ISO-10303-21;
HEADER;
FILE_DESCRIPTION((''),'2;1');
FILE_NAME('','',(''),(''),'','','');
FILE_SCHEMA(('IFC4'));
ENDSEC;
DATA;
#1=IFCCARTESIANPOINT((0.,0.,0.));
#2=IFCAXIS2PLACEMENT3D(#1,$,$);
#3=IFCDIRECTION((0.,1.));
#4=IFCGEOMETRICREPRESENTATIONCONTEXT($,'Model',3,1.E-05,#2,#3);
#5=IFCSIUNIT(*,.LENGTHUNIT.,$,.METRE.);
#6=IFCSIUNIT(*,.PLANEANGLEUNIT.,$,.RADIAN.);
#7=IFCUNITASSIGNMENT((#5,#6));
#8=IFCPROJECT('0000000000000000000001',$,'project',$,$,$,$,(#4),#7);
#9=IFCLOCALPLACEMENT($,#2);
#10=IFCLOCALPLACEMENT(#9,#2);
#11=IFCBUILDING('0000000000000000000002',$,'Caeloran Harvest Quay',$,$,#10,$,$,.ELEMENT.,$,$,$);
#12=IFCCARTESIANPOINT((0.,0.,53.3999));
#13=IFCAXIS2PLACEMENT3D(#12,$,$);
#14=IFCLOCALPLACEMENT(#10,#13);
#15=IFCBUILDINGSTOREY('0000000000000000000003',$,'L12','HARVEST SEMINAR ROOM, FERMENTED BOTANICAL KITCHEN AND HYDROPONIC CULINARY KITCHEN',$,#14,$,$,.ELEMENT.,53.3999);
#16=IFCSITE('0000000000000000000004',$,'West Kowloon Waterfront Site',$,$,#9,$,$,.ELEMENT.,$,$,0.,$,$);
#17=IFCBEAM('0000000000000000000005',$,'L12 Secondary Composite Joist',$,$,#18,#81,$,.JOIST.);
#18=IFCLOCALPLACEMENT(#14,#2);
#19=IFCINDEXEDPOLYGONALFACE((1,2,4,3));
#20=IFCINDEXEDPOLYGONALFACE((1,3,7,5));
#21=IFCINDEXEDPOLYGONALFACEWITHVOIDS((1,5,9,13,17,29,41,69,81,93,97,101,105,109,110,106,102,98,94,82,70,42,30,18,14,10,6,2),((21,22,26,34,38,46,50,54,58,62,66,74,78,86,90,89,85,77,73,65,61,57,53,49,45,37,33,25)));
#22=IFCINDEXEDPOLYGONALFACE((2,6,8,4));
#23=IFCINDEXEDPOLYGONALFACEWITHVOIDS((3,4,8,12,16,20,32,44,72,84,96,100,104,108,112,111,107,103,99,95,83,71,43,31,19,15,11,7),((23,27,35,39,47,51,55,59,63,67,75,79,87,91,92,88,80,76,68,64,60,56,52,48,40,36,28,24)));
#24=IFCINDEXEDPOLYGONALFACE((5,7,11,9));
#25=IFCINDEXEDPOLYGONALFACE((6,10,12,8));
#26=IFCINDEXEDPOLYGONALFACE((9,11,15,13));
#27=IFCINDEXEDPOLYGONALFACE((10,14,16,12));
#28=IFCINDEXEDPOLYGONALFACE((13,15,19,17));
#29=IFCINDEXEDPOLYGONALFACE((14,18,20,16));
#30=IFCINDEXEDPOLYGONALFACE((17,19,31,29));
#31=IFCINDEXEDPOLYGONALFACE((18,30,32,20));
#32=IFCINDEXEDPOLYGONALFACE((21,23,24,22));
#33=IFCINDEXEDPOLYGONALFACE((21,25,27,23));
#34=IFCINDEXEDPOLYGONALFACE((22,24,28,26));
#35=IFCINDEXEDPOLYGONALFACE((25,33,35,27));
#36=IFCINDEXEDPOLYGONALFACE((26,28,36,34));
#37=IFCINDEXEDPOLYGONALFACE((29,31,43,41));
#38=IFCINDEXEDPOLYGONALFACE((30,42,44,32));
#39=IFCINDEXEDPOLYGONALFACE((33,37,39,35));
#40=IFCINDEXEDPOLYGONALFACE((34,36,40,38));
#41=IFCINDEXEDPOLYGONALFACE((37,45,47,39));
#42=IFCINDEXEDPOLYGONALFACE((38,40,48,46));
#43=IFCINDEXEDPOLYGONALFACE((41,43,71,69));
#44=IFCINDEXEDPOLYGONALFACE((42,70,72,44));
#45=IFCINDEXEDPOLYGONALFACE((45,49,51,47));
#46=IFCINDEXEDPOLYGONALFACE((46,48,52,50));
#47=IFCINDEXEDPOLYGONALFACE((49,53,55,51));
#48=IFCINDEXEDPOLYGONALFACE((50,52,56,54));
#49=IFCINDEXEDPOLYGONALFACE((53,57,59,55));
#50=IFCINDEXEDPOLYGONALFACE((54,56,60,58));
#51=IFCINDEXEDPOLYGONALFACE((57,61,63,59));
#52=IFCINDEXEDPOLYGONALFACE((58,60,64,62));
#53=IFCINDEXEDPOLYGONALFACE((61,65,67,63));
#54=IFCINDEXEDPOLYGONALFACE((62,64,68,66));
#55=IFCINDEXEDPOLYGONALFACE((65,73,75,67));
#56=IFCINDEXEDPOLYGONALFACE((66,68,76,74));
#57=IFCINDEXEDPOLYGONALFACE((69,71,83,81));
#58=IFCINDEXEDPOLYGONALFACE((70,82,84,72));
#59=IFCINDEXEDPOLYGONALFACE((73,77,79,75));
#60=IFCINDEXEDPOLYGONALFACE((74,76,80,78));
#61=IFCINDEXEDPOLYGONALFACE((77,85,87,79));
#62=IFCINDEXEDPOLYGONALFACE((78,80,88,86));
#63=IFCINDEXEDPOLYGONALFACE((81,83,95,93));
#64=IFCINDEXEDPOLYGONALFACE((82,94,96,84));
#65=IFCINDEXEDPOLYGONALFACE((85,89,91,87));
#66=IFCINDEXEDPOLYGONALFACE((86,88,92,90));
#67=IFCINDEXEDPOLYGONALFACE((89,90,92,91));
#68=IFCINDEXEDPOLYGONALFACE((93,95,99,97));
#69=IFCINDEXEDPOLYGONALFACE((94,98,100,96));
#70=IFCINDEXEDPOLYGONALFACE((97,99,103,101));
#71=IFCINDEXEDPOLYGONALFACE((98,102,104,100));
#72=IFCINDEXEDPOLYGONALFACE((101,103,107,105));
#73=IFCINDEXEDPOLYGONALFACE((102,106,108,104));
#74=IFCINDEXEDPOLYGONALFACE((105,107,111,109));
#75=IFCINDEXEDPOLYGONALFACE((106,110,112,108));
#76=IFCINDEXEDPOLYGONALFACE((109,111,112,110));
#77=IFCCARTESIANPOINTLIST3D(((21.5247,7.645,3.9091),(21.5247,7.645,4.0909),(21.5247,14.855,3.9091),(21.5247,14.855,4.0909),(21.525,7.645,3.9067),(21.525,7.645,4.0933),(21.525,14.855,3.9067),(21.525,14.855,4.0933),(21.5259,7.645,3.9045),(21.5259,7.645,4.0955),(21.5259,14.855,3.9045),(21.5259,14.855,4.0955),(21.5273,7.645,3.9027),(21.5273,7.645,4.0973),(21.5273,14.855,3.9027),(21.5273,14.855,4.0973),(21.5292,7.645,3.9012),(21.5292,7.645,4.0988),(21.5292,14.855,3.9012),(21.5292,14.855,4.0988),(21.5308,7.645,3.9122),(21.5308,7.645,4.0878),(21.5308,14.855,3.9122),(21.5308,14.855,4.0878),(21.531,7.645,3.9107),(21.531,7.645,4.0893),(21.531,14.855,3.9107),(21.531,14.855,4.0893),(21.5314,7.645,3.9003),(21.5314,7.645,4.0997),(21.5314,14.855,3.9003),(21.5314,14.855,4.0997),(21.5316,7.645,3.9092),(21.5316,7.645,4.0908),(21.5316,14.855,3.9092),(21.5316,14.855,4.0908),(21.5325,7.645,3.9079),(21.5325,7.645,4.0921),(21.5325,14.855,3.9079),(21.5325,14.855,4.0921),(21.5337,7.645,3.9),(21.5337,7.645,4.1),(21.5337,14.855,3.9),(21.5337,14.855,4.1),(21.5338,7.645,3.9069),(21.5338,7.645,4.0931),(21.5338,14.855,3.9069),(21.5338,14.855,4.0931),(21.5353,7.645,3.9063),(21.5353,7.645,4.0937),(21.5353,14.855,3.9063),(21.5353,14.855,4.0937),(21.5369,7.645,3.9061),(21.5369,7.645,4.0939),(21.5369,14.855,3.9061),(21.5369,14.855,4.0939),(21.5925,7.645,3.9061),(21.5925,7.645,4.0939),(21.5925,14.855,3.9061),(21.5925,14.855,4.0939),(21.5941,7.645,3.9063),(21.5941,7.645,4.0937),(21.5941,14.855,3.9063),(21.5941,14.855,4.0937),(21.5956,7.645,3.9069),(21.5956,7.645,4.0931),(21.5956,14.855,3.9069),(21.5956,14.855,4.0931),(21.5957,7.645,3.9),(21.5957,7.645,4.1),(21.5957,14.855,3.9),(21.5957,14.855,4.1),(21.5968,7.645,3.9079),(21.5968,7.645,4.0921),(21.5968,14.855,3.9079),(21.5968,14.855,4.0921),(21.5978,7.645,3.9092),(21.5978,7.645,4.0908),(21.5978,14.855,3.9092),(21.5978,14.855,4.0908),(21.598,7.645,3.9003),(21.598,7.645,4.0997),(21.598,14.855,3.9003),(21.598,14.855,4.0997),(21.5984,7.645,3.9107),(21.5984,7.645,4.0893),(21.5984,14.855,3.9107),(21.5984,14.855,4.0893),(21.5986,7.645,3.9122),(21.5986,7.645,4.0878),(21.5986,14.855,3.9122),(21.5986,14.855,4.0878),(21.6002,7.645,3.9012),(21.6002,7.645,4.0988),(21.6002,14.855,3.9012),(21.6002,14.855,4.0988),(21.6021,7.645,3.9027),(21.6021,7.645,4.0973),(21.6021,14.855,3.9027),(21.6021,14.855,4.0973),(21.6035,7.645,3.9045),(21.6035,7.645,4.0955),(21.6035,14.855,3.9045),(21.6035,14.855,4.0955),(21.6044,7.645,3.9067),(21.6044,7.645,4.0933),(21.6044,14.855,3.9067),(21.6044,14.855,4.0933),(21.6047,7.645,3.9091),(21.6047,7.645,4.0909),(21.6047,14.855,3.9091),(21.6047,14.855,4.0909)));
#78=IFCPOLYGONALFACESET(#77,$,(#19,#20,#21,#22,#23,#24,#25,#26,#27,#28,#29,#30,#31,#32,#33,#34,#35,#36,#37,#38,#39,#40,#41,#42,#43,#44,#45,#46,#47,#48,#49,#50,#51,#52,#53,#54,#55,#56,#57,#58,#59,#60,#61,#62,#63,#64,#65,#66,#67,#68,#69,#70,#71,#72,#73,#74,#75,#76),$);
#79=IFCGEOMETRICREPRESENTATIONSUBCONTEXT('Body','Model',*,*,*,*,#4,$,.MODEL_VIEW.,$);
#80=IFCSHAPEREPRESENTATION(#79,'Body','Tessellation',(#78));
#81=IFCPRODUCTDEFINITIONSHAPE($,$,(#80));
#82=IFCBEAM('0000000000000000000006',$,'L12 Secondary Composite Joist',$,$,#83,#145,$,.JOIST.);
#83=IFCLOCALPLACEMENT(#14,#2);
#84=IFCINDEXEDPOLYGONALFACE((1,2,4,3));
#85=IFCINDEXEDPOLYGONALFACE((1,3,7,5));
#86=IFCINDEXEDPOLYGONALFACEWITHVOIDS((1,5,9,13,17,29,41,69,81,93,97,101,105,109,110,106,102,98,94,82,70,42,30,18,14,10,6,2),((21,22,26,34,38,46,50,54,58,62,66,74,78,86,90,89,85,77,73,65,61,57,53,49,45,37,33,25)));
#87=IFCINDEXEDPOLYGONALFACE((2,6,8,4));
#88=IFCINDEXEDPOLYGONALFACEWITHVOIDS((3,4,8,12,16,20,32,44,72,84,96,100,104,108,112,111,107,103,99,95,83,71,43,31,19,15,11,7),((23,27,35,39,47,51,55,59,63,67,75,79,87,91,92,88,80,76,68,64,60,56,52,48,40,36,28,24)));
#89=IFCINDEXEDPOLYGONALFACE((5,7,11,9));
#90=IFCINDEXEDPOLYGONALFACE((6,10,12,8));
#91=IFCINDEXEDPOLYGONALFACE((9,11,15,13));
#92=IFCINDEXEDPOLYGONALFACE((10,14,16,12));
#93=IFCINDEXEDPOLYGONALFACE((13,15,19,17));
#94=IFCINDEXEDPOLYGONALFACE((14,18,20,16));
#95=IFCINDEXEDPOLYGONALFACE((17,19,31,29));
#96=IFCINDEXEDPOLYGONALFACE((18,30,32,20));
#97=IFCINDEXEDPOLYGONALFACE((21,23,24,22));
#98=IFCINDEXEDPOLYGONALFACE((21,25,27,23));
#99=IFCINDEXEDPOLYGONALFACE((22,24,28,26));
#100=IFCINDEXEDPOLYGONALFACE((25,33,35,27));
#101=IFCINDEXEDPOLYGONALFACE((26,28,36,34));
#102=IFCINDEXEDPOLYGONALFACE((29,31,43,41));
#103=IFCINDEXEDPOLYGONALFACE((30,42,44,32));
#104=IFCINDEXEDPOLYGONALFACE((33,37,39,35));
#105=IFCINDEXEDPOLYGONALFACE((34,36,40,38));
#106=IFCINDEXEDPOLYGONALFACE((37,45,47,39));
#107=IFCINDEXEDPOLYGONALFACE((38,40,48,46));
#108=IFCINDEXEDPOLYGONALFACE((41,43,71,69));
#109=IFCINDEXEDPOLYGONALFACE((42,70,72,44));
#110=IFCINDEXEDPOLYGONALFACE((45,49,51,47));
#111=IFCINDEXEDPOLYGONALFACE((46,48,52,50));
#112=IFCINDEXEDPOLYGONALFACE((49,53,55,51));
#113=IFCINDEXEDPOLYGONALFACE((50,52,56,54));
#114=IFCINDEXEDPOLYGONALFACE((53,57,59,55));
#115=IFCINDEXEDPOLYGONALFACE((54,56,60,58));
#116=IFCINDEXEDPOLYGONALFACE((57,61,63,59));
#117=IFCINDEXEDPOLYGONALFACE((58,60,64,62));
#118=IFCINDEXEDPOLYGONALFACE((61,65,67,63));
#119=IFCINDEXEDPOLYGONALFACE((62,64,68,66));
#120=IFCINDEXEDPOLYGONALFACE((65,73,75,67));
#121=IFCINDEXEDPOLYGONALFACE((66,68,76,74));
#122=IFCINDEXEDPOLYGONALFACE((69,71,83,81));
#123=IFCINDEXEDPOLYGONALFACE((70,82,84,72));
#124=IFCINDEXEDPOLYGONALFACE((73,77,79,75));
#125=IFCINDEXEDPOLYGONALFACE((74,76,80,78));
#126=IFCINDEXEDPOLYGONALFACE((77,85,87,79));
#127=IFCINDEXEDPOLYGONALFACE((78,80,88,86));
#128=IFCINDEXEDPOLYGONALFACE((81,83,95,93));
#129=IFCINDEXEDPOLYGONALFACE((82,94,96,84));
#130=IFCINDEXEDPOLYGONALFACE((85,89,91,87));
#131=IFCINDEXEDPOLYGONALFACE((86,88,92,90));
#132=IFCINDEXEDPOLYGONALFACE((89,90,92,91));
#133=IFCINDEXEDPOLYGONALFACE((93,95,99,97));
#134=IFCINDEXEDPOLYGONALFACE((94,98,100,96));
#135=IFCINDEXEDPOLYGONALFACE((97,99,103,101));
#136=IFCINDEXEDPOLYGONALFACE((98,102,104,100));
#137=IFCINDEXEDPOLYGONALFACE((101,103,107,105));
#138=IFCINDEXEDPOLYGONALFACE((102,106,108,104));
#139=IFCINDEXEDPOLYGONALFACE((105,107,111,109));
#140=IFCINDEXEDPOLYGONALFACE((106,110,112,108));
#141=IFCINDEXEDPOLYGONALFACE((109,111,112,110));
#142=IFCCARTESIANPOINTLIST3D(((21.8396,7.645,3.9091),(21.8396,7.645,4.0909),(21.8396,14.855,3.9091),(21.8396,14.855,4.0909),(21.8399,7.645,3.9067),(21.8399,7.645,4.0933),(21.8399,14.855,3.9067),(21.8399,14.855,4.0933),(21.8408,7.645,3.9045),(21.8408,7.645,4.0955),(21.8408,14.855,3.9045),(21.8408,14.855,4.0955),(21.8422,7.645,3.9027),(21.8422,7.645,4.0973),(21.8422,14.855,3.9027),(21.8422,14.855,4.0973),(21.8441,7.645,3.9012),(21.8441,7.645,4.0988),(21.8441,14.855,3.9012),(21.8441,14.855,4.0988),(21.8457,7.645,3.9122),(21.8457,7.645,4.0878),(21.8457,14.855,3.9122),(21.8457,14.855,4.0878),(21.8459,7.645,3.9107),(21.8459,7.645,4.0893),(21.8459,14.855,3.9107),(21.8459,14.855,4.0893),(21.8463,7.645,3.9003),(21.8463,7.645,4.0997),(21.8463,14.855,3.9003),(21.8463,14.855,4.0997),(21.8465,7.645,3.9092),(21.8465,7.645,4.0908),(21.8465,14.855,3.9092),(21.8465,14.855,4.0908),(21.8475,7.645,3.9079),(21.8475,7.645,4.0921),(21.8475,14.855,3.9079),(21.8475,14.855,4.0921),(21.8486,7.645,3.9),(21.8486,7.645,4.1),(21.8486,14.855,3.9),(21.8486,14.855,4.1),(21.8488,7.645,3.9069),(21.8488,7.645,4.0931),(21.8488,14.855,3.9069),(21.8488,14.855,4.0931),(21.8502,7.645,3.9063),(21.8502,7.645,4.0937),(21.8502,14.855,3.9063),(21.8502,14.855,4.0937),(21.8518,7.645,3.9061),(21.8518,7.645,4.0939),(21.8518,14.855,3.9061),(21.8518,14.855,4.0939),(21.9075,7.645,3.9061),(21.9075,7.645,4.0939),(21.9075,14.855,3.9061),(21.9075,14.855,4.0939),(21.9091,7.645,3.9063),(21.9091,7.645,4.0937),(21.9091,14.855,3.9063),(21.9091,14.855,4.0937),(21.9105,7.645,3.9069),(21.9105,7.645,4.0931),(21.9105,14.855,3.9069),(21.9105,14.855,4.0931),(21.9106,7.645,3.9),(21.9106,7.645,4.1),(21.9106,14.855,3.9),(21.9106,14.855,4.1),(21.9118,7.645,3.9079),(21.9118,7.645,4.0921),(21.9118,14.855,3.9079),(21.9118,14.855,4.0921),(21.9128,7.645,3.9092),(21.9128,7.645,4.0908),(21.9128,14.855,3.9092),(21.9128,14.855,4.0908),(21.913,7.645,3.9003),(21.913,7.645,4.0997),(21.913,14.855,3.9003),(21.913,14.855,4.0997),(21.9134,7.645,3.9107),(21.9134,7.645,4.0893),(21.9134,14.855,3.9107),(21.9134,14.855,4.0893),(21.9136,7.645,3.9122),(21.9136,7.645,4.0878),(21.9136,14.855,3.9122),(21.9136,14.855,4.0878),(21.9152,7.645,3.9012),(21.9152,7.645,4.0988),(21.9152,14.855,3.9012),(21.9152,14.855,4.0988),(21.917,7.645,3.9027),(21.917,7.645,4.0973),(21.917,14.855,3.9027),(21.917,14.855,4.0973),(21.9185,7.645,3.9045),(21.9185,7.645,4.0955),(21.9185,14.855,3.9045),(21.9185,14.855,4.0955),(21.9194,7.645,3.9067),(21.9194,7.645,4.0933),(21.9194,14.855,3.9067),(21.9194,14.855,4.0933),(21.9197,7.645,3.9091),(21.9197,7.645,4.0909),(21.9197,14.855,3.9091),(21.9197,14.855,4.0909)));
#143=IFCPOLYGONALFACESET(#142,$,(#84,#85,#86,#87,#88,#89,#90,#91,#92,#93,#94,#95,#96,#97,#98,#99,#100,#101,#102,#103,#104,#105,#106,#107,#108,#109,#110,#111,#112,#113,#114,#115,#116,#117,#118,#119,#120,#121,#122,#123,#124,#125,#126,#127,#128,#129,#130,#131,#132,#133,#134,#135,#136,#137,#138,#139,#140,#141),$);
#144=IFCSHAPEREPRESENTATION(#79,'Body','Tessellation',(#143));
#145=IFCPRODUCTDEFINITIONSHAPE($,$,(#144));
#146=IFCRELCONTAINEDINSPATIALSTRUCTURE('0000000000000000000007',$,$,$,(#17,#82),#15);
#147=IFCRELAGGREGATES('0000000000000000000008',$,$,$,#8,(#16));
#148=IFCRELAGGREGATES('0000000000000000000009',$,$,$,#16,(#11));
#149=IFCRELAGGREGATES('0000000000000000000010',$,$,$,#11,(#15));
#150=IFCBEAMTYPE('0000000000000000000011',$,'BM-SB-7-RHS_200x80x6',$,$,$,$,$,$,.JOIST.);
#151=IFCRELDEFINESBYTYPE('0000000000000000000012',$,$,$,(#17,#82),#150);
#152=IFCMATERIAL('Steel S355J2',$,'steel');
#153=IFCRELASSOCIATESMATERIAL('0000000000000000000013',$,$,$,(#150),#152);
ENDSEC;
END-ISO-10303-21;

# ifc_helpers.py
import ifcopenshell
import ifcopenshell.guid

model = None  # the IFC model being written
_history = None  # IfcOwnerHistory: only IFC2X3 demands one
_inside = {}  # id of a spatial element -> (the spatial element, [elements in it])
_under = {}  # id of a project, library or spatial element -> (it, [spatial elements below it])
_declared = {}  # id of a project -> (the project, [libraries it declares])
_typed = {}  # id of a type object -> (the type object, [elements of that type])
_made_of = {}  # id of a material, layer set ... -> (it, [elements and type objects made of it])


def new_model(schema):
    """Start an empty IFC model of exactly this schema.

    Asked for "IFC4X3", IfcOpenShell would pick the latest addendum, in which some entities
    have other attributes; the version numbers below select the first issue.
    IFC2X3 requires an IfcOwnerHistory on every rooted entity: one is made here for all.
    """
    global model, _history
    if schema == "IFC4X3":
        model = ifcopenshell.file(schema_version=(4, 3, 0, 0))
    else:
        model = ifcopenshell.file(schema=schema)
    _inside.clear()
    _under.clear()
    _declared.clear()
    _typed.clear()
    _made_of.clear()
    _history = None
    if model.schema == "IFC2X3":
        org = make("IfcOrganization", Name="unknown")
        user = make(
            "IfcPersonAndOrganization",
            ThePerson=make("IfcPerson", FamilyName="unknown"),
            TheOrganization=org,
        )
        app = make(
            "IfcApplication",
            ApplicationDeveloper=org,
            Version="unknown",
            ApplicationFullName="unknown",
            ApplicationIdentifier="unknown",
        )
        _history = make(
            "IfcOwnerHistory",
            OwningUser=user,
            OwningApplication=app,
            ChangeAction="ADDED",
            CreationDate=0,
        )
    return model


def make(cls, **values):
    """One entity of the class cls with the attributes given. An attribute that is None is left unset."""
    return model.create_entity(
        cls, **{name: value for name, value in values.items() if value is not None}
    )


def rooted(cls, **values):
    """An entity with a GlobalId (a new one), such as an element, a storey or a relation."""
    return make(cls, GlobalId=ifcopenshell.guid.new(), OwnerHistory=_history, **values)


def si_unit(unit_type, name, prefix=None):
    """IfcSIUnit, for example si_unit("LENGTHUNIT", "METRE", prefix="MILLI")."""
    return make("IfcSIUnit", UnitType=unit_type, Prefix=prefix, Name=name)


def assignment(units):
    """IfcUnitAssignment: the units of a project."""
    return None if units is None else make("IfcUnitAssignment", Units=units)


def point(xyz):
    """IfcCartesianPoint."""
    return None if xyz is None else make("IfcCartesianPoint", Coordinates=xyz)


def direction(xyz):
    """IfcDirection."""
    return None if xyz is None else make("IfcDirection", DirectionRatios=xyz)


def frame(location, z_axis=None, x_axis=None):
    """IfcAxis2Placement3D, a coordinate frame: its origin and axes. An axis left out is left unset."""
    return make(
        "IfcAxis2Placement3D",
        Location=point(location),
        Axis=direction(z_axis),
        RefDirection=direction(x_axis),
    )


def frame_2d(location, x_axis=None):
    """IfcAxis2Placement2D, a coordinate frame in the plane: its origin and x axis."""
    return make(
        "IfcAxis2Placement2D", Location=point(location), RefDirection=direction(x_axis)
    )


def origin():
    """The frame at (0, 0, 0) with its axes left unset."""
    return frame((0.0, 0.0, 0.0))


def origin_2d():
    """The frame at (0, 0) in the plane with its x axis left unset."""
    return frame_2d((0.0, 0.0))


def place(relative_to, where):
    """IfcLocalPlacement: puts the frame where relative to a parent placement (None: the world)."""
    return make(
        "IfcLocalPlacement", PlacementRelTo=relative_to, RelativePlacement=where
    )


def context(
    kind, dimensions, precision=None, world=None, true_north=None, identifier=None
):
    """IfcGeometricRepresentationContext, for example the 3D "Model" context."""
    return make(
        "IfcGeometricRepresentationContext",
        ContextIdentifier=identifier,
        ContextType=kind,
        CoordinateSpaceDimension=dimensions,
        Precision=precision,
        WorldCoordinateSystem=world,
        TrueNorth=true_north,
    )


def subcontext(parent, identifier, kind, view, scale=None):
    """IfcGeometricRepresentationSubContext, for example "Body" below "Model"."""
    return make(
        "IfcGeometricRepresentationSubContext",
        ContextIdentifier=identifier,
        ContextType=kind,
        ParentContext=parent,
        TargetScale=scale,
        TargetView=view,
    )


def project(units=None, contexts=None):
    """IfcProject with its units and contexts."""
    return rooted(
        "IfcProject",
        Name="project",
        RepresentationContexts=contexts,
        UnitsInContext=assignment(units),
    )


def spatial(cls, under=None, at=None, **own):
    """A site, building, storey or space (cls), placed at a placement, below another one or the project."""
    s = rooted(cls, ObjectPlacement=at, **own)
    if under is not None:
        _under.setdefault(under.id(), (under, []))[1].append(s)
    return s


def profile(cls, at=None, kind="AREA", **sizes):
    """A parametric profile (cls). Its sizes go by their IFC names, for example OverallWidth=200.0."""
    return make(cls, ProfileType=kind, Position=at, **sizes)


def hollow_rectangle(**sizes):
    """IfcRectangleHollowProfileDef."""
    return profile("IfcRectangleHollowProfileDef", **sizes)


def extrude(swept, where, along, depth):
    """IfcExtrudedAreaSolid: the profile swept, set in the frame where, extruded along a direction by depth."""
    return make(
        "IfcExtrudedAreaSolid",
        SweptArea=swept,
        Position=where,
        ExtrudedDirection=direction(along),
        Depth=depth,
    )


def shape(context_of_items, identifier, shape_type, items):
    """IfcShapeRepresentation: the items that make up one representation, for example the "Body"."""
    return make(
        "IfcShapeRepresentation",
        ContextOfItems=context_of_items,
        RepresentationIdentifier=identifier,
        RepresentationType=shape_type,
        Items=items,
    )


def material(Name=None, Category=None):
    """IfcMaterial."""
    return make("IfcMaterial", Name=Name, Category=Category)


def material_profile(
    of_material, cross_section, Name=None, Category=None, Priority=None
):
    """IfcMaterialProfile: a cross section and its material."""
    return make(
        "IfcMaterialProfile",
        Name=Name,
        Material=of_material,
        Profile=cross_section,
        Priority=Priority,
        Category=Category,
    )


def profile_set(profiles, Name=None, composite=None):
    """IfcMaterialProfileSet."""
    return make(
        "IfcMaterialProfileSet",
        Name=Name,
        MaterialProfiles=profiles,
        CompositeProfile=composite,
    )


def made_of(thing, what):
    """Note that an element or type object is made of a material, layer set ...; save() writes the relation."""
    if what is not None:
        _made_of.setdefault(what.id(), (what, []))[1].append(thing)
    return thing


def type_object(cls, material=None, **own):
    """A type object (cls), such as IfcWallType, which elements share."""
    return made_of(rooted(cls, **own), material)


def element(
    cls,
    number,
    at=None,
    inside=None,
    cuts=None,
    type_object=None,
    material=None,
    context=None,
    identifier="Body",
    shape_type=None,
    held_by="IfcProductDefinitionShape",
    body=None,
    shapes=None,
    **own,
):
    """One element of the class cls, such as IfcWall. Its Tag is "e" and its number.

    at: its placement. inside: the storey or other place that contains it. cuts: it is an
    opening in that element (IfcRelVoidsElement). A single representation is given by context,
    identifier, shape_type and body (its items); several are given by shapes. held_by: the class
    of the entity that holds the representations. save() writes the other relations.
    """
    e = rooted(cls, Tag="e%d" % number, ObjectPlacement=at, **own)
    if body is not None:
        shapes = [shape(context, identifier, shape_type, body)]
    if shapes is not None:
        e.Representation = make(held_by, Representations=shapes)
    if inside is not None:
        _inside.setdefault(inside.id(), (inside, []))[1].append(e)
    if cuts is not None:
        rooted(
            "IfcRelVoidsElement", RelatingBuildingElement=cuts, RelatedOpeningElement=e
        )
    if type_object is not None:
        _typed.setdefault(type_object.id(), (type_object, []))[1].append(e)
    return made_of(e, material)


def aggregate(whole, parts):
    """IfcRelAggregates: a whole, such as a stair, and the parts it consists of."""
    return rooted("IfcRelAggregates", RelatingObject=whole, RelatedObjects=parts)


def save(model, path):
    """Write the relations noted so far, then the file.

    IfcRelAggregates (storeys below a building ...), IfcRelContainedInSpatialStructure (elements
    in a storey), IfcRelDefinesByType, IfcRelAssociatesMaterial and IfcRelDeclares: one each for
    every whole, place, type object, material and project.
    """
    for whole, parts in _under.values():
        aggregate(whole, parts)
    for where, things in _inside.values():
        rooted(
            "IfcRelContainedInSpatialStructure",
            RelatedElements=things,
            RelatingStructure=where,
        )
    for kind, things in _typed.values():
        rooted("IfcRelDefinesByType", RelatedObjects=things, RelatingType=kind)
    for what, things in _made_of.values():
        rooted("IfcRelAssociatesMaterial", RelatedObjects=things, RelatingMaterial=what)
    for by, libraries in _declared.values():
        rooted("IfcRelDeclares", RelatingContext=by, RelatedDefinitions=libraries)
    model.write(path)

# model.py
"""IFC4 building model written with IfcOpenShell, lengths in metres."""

from ifc_helpers import new_model, si_unit, direction, frame, origin, origin_2d, place, context, subcontext, project, spatial, hollow_rectangle, extrude, material, material_profile, profile_set, type_object, element, save


model = new_model("IFC4")

# Units and contexts
model_context = context("Model", 3, precision=1e-05, world=origin(), true_north=direction((0.0, 1.0)))
body_context = subcontext(model_context, "Body", "Model", "MODEL_VIEW")
ifc_project = project(units=[si_unit("LENGTHUNIT", "METRE"), si_unit("PLANEANGLEUNIT", "RADIAN")], contexts=[model_context])

# Site, building, storey
site_placement = place(None, origin())
site = spatial("IfcSite", under=ifc_project, at=site_placement, Name="West Kowloon Waterfront Site", CompositionType="ELEMENT", RefElevation=0.0)
building_placement = place(site_placement, origin())
building = spatial("IfcBuilding", under=site, at=building_placement, Name="Caeloran Harvest Quay", CompositionType="ELEMENT")
storey_placement = place(building_placement, frame((0.0, 0.0, 53.3999)))
storey = spatial("IfcBuildingStorey", under=building, at=storey_placement, Name="L12", Description="HARVEST SEMINAR ROOM, FERMENTED BOTANICAL KITCHEN AND HYDROPONIC CULINARY KITCHEN", CompositionType="ELEMENT", Elevation=53.3999)

# Beams
ifc_material = material(Name="Steel S355J2", Category="steel")
ifc_material_profile_1 = material_profile(ifc_material, hollow_rectangle(XDim=0.0801, YDim=0.2, WallThickness=0.0061, InnerFilletRadius=0.0061, OuterFilletRadius=0.009, at=origin_2d()), Name="RHS 200x80x6")
ifc_profile_set_1 = profile_set([ifc_material_profile_1], Name="Steel S355J2")
beam_type_1 = type_object("IfcBeamType", Name="BM-SB-7-RHS_200x80x6", PredefinedType="JOIST", material=ifc_profile_set_1)
for number, where, z_axis, x_axis, name in (
    (1, (21.5647, 7.645, 4.0), (0.0, 1.0, 0.0), (-1.0, 0.0, 0.0), "L12 Secondary Composite Joist"),
    (2, (21.8796, 7.645, 4.0), (0.0, 1.0, 0.0), (-1.0, 0.0, 0.0), "L12 Secondary Composite Joist"),
):
    element("IfcBeam", number, at=place(storey_placement, frame(where, z_axis=z_axis, x_axis=x_axis)), inside=storey, type_object=beam_type_1, Name=name, PredefinedType="JOIST", context=body_context, shape_type="SweptSolid", body=[
        extrude(hollow_rectangle(XDim=0.0801, YDim=0.2, WallThickness=0.0061, InnerFilletRadius=0.0061, OuterFilletRadius=0.009, at=origin_2d()), origin(), (0.0, 0.0, 1.0), 7.21),
    ])

save(model, "model.ifc")
